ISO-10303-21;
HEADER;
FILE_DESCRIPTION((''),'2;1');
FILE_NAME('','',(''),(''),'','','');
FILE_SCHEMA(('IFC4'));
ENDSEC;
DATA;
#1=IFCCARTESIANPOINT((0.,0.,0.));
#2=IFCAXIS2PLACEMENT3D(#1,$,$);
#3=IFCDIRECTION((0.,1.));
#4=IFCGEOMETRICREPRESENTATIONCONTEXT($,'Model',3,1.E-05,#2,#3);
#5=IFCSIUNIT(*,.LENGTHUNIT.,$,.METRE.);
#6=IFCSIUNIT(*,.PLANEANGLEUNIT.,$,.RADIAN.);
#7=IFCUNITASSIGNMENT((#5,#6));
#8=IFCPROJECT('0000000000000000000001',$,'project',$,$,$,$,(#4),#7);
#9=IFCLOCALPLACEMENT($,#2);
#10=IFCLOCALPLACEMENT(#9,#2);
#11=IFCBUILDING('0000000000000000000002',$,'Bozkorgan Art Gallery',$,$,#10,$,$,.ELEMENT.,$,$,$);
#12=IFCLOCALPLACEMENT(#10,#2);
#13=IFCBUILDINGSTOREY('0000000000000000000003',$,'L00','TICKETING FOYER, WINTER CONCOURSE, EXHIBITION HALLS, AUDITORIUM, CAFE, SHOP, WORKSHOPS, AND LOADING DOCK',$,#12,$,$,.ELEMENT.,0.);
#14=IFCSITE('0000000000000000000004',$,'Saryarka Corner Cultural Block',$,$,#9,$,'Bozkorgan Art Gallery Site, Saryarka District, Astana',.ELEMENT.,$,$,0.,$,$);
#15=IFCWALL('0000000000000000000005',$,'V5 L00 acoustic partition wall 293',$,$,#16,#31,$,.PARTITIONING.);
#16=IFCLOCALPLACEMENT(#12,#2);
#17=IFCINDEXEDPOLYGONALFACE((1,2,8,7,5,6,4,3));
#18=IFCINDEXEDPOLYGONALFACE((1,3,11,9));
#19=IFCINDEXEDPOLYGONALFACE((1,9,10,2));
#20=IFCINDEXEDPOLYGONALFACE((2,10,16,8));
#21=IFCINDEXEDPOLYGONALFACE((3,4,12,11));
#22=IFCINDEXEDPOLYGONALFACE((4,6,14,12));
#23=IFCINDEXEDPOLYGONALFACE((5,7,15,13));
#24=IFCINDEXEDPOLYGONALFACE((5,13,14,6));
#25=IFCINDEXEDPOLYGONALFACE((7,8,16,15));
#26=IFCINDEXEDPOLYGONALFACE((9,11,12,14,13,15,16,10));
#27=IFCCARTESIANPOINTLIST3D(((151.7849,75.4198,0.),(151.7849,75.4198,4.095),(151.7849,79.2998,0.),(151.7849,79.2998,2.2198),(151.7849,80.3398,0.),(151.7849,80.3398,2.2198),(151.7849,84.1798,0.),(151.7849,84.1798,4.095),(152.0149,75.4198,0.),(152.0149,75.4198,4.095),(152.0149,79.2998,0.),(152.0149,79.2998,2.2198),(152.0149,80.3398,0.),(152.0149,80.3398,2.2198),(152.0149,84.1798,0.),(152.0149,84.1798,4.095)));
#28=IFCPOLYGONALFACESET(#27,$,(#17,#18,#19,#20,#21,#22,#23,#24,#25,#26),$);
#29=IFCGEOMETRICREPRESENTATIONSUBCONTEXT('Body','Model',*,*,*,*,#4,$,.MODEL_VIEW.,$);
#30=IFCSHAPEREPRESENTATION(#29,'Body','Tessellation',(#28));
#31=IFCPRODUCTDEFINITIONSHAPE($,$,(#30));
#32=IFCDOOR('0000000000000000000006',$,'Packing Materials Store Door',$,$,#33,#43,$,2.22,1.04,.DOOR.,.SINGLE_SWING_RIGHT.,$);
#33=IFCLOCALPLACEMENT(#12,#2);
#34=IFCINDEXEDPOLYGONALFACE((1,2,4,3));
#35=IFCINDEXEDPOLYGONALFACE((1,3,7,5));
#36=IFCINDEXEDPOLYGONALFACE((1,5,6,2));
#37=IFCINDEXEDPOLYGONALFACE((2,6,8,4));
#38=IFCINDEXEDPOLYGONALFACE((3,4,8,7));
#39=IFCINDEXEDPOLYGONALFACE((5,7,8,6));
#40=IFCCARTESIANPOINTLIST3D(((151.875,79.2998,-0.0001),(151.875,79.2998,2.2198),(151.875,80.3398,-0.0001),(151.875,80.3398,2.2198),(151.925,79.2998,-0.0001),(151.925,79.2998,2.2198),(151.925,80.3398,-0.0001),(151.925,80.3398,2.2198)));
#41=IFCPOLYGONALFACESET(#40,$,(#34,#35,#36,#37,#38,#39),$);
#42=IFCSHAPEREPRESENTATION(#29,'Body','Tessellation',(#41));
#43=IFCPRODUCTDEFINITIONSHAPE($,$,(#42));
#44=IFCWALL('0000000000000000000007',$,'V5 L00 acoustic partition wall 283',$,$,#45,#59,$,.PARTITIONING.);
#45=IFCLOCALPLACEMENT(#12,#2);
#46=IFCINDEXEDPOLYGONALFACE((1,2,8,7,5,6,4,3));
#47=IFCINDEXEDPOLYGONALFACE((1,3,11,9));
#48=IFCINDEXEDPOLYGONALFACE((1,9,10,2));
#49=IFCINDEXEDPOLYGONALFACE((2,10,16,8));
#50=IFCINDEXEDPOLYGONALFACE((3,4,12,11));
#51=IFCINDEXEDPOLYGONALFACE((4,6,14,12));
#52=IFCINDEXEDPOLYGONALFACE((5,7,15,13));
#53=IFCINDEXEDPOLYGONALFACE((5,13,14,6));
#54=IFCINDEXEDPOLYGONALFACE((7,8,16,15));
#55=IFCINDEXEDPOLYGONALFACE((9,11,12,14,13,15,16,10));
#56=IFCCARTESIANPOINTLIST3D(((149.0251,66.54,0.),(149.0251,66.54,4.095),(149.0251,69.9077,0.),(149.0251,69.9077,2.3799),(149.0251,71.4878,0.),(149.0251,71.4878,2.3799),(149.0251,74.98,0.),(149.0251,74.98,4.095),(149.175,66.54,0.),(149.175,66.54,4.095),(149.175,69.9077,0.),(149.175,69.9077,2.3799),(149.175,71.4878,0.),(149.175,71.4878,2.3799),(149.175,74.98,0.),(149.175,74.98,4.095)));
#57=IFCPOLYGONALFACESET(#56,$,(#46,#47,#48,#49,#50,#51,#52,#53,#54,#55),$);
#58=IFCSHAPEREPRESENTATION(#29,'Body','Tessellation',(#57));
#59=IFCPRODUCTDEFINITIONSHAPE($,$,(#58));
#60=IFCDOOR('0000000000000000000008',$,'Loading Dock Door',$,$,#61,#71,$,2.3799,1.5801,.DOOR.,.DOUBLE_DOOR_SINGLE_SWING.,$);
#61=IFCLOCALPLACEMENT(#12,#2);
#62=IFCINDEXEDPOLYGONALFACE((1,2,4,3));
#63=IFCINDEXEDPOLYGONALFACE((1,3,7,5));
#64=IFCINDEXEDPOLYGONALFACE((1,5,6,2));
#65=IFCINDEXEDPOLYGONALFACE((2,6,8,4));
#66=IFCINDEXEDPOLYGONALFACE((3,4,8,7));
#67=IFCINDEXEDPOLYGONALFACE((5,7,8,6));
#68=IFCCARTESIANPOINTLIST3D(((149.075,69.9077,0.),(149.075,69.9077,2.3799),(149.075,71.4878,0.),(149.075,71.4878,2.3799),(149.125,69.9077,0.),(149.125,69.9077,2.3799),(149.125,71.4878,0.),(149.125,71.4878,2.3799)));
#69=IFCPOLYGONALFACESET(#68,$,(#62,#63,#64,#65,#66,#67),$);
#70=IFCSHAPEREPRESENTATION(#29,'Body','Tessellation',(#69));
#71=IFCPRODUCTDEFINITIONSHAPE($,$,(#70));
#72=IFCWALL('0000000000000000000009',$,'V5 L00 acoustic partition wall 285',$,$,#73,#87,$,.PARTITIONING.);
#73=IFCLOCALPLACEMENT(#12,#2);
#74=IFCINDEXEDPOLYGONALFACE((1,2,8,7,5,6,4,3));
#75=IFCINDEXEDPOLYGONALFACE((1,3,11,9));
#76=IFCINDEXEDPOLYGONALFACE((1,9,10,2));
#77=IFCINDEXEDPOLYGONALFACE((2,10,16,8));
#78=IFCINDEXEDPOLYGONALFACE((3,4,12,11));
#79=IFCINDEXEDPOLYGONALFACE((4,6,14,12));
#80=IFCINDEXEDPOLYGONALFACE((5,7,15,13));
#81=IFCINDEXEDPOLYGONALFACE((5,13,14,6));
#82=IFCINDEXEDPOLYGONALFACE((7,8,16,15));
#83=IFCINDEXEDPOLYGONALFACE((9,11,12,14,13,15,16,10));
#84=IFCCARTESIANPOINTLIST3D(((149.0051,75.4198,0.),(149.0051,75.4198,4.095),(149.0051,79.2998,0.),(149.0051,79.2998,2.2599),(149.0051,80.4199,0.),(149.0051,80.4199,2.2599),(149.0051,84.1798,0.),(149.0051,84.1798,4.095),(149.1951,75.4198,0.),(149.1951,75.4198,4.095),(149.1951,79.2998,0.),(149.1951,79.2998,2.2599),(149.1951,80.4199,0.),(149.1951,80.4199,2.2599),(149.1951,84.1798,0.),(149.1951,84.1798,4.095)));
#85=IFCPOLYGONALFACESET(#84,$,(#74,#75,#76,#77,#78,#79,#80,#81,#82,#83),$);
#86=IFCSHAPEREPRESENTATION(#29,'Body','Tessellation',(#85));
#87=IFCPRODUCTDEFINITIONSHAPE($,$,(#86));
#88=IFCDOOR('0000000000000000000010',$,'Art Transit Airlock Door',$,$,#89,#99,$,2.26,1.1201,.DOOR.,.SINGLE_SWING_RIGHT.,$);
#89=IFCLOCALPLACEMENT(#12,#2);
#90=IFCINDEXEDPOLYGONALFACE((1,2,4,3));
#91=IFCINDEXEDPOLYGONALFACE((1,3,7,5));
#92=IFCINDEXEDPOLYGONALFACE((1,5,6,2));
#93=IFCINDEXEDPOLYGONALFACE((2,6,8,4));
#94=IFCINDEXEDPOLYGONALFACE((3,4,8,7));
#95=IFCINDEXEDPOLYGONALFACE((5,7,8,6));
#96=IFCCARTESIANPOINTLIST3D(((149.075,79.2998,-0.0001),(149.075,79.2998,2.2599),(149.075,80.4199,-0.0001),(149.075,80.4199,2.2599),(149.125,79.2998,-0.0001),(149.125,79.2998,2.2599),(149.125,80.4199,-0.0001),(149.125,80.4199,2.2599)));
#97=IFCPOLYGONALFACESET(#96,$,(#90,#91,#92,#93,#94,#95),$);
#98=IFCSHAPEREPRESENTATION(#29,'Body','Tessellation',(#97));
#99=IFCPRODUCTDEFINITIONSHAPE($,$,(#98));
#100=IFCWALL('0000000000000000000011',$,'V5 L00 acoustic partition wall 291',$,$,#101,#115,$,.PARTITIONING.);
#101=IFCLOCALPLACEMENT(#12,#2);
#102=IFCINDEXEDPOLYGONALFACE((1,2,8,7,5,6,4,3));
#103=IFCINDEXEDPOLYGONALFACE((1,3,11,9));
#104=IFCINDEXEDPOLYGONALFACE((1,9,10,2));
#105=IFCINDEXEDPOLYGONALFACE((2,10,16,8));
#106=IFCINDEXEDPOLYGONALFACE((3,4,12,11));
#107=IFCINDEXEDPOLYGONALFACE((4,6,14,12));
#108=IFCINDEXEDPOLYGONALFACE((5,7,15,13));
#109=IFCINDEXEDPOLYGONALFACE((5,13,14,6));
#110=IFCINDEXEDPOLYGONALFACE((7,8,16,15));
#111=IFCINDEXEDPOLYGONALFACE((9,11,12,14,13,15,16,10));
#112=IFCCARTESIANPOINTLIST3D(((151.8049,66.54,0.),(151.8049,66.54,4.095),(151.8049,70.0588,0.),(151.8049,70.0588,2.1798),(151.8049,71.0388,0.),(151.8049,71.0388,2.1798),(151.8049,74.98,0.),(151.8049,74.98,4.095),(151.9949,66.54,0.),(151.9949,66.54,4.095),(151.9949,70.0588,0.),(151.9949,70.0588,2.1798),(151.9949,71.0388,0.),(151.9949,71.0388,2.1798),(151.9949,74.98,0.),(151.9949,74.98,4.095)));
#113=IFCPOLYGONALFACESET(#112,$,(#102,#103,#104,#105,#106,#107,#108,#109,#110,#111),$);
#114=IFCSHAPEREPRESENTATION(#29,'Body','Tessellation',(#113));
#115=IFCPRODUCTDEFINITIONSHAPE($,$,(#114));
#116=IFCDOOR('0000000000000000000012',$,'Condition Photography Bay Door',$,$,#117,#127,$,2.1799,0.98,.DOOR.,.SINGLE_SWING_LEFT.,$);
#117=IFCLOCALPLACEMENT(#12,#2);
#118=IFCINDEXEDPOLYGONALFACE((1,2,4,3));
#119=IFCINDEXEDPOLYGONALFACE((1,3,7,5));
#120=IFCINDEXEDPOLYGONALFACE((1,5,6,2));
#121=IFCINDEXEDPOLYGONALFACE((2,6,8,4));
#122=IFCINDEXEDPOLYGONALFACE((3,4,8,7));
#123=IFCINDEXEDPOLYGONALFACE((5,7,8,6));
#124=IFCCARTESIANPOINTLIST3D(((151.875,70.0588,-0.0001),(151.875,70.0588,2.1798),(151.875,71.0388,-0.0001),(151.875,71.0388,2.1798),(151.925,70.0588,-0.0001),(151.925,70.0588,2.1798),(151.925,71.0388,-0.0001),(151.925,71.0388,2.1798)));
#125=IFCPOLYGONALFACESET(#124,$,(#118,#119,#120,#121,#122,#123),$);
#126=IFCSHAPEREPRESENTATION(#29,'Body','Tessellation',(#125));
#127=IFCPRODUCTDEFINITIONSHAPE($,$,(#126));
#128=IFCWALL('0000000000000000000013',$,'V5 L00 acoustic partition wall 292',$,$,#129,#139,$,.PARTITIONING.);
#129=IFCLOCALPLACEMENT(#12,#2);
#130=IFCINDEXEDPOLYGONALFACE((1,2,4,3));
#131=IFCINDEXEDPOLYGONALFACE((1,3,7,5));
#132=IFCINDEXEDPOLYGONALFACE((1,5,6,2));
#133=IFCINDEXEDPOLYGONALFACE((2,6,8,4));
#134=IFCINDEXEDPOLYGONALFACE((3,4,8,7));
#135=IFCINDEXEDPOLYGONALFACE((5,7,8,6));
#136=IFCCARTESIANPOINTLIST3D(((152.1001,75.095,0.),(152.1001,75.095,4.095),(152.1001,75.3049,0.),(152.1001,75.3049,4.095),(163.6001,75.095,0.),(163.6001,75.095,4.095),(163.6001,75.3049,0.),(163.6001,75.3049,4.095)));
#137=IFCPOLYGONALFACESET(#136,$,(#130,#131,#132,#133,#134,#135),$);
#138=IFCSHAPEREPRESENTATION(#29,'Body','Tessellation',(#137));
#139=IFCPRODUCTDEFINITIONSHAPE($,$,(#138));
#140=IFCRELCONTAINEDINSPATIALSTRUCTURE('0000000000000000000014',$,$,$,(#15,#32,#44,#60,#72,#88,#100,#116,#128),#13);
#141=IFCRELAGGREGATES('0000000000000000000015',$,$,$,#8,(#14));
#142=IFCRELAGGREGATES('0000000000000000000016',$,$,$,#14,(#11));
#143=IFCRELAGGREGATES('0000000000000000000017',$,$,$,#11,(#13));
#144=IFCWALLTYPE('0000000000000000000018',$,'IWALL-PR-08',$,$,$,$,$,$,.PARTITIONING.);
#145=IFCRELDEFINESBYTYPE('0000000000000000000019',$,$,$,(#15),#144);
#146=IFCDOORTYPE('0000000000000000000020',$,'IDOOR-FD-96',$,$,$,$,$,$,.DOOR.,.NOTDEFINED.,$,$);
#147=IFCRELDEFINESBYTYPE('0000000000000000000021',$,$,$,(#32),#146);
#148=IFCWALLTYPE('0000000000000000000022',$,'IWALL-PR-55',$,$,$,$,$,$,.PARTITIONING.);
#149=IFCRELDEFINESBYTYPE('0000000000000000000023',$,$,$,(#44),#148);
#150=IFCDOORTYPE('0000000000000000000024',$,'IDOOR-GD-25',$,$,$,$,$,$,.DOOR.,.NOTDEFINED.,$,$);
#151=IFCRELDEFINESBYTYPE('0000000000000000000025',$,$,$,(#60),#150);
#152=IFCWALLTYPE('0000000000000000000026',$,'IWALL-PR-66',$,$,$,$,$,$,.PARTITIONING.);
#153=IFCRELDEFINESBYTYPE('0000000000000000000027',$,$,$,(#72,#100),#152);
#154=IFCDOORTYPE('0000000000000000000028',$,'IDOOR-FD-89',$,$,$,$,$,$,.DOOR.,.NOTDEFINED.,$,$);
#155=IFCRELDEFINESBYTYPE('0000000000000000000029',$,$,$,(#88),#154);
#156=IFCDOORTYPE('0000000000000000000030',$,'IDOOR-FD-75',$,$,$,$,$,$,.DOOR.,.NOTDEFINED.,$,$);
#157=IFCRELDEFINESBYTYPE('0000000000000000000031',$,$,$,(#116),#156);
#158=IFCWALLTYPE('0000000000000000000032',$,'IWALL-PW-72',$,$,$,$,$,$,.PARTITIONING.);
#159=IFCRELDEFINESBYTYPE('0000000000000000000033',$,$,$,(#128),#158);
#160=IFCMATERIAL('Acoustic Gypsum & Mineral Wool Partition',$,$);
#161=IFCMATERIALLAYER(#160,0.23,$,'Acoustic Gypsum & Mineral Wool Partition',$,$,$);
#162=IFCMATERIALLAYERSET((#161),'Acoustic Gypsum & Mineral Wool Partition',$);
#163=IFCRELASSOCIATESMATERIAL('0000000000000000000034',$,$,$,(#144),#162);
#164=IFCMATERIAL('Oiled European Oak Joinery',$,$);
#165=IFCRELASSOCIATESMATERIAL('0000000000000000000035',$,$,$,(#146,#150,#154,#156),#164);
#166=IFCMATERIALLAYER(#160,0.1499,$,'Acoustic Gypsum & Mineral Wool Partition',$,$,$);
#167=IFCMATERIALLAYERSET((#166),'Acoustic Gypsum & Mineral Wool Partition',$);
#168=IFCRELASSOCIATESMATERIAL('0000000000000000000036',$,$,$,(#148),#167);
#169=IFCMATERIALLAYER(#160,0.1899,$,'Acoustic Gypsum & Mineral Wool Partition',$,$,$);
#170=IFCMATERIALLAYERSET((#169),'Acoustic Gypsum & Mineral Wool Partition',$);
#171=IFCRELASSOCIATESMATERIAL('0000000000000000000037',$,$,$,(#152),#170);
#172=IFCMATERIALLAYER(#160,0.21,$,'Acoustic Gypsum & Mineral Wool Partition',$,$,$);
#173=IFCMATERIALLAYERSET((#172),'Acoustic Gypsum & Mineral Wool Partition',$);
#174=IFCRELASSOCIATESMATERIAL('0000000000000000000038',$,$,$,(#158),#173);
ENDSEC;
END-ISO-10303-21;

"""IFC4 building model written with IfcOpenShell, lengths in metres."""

from ifc_helpers import new_model, si_unit, direction, frame, frame_2d, origin, place, context, subcontext, project, spatial, rectangle, extrude, material, layer, layer_set, type_object, element, fill, save


model = new_model("IFC4")

# Units and contexts
model_context = context("Model", 3, precision=1e-05, world=origin(), true_north=direction((0.0, 1.0)))
body_context = subcontext(model_context, "Body", "Model", "MODEL_VIEW")
ifc_project = project(units=[si_unit("LENGTHUNIT", "METRE"), si_unit("PLANEANGLEUNIT", "RADIAN")], contexts=[model_context])

# Site, building, storey
site_placement = place(None, origin())
site = spatial("IfcSite", under=ifc_project, at=site_placement, Name="Saryarka Corner Cultural Block", LongName="Bozkorgan Art Gallery Site, Saryarka District, Astana", CompositionType="ELEMENT", RefElevation=0.0)
building_placement = place(site_placement, origin())
building = spatial("IfcBuilding", under=site, at=building_placement, Name="Bozkorgan Art Gallery", CompositionType="ELEMENT")
storey_placement = place(building_placement, origin())
storey = spatial("IfcBuildingStorey", under=building, at=storey_placement, Name="L00", Description="TICKETING FOYER, WINTER CONCOURSE, EXHIBITION HALLS, AUDITORIUM, CAFE, SHOP, WORKSHOPS, AND LOADING DOCK", CompositionType="ELEMENT", Elevation=0.0)

# Walls, openings, doors
ifc_material_1 = material(Name="Acoustic Gypsum & Mineral Wool Partition")
ifc_layer_1 = layer(ifc_material_1, 0.23, Name="Acoustic Gypsum & Mineral Wool Partition")
ifc_layer_set_1 = layer_set([ifc_layer_1], Name="Acoustic Gypsum & Mineral Wool Partition")
wall_type_1 = type_object("IfcWallType", Name="IWALL-PR-08", PredefinedType="PARTITIONING", material=ifc_layer_set_1)
wall_1_placement = place(storey_placement, frame((151.8999, 75.4199, 0.0), z_axis=(0.0, 0.0, 1.0), x_axis=(0.0, 1.0, 0.0)))
wall_1 = element("IfcWall", 1, at=wall_1_placement, inside=storey, type_object=wall_type_1, Name="V5 L00 acoustic partition wall 293", PredefinedType="PARTITIONING", context=body_context, shape_type="SweptSolid", body=[
    extrude(rectangle(XDim=8.76, YDim=0.23, at=frame_2d((4.3799, 0.0))), origin(), (0.0, 0.0, 1.0), 4.095),
])
opening_1_placement = place(wall_1_placement, frame((3.8799, 0.0, 0.0)))
opening_1 = element("IfcOpeningElement", 2, at=opening_1_placement, cuts=wall_1, PredefinedType="OPENING", context=body_context, shape_type="SweptSolid", body=[
    extrude(rectangle(XDim=1.04, YDim=2.22, at=frame_2d((0.52, 1.1099))), frame((0.0, 0.125, 0.0), z_axis=(0.0, -1.0, 0.0), x_axis=(1.0, 0.0, 0.0)), (0.0, 0.0, 1.0), 0.25),
])
ifc_material_2 = material(Name="Oiled European Oak Joinery")
door_type_1 = type_object("IfcDoorType", Name="IDOOR-FD-96", OperationType="NOTDEFINED", PredefinedType="DOOR", material=ifc_material_2)
door_1_placement = place(opening_1_placement, origin())
door_1 = element("IfcDoor", 3, at=door_1_placement, inside=storey, type_object=door_type_1, Name="Packing Materials Store Door", OperationType="SINGLE_SWING_RIGHT", OverallHeight=2.22, OverallWidth=1.04, PredefinedType="DOOR", context=body_context, shape_type="SweptSolid", body=[
    extrude(rectangle(XDim=1.04, YDim=2.22, at=frame_2d((0.52, 1.1099))), frame((0.0, 0.0249, 0.0), z_axis=(0.0, -1.0, 0.0), x_axis=(1.0, 0.0, 0.0)), (0.0, 0.0, 1.0), 0.05),
])
fill(opening_1, door_1)
ifc_layer_2 = layer(ifc_material_1, 0.1499, Name="Acoustic Gypsum & Mineral Wool Partition")
ifc_layer_set_2 = layer_set([ifc_layer_2], Name="Acoustic Gypsum & Mineral Wool Partition")
wall_type_2 = type_object("IfcWallType", Name="IWALL-PR-55", PredefinedType="PARTITIONING", material=ifc_layer_set_2)
wall_2_placement = place(storey_placement, frame((149.1001, 66.54, 0.0), z_axis=(0.0, 0.0, 1.0), x_axis=(0.0, 1.0, 0.0)))
wall_2 = element("IfcWall", 4, at=wall_2_placement, inside=storey, type_object=wall_type_2, Name="V5 L00 acoustic partition wall 283", PredefinedType="PARTITIONING", context=body_context, shape_type="SweptSolid", body=[
    extrude(rectangle(XDim=8.4399, YDim=0.1499, at=frame_2d((4.22, 0.0))), origin(), (0.0, 0.0, 1.0), 4.095),
])
opening_2_placement = place(wall_2_placement, frame((4.9478, 0.0, 0.0), z_axis=(0.0, 0.0, 1.0), x_axis=(-1.0, 0.0, 0.0)))
opening_2 = element("IfcOpeningElement", 5, at=opening_2_placement, cuts=wall_2, PredefinedType="OPENING", context=body_context, shape_type="SweptSolid", body=[
    extrude(rectangle(XDim=1.5801, YDim=2.3799, at=frame_2d((0.79, 1.1899))), frame((0.0, 0.085, 0.0), z_axis=(0.0, -1.0, 0.0), x_axis=(1.0, 0.0, 0.0)), (0.0, 0.0, 1.0), 0.1699),
])
door_type_2 = type_object("IfcDoorType", Name="IDOOR-GD-25", OperationType="NOTDEFINED", PredefinedType="DOOR", material=ifc_material_2)
door_2_placement = place(opening_2_placement, origin())
door_2 = element("IfcDoor", 6, at=door_2_placement, inside=storey, type_object=door_type_2, Name="Loading Dock Door", OperationType="DOUBLE_DOOR_SINGLE_SWING", OverallHeight=2.3799, OverallWidth=1.5801, PredefinedType="DOOR", context=body_context, shape_type="SweptSolid", body=[
    extrude(rectangle(XDim=1.5801, YDim=2.3799, at=frame_2d((0.79, 1.1899))), frame((0.0, 0.0249, 0.0), z_axis=(0.0, -1.0, 0.0), x_axis=(1.0, 0.0, 0.0)), (0.0, 0.0, 1.0), 0.05),
])
fill(opening_2, door_2)
ifc_layer_3 = layer(ifc_material_1, 0.1899, Name="Acoustic Gypsum & Mineral Wool Partition")
ifc_layer_set_3 = layer_set([ifc_layer_3], Name="Acoustic Gypsum & Mineral Wool Partition")
wall_type_3 = type_object("IfcWallType", Name="IWALL-PR-66", PredefinedType="PARTITIONING", material=ifc_layer_set_3)
wall_3_placement = place(storey_placement, frame((149.1001, 75.4199, 0.0), z_axis=(0.0, 0.0, 1.0), x_axis=(0.0, 1.0, 0.0)))
wall_3 = element("IfcWall", 7, at=wall_3_placement, inside=storey, type_object=wall_type_3, Name="V5 L00 acoustic partition wall 285", PredefinedType="PARTITIONING", context=body_context, shape_type="SweptSolid", body=[
    extrude(rectangle(XDim=8.76, YDim=0.1899, at=frame_2d((4.3799, 0.0))), origin(), (0.0, 0.0, 1.0), 4.095),
])
opening_3_placement = place(wall_3_placement, frame((5.0, 0.0, 0.0), z_axis=(0.0, 0.0, 1.0), x_axis=(-1.0, 0.0, 0.0)))
opening_3 = element("IfcOpeningElement", 8, at=opening_3_placement, cuts=wall_3, PredefinedType="OPENING", context=body_context, shape_type="SweptSolid", body=[
    extrude(rectangle(XDim=1.1201, YDim=2.26, at=frame_2d((0.5601, 1.1299))), frame((0.0, 0.105, 0.0), z_axis=(0.0, -1.0, 0.0), x_axis=(1.0, 0.0, 0.0)), (0.0, 0.0, 1.0), 0.21),
])
door_type_3 = type_object("IfcDoorType", Name="IDOOR-FD-89", OperationType="NOTDEFINED", PredefinedType="DOOR", material=ifc_material_2)
door_3_placement = place(opening_3_placement, origin())
door_3 = element("IfcDoor", 9, at=door_3_placement, inside=storey, type_object=door_type_3, Name="Art Transit Airlock Door", OperationType="SINGLE_SWING_RIGHT", OverallHeight=2.26, OverallWidth=1.1201, PredefinedType="DOOR", context=body_context, shape_type="SweptSolid", body=[
    extrude(rectangle(XDim=1.1201, YDim=2.26, at=frame_2d((0.5601, 1.1299))), frame((0.0, 0.0249, 0.0), z_axis=(0.0, -1.0, 0.0), x_axis=(1.0, 0.0, 0.0)), (0.0, 0.0, 1.0), 0.05),
])
fill(opening_3, door_3)
wall_4_placement = place(storey_placement, frame((151.8999, 66.54, 0.0), z_axis=(0.0, 0.0, 1.0), x_axis=(0.0, 1.0, 0.0)))
wall_4 = element("IfcWall", 10, at=wall_4_placement, inside=storey, type_object=wall_type_3, Name="V5 L00 acoustic partition wall 291", PredefinedType="PARTITIONING", context=body_context, shape_type="SweptSolid", body=[
    extrude(rectangle(XDim=8.4399, YDim=0.1899, at=frame_2d((4.22, 0.0))), origin(), (0.0, 0.0, 1.0), 4.095),
])
opening_4_placement = place(wall_4_placement, frame((3.5188, 0.0, 0.0)))
opening_4 = element("IfcOpeningElement", 11, at=opening_4_placement, cuts=wall_4, PredefinedType="OPENING", context=body_context, shape_type="SweptSolid", body=[
    extrude(rectangle(XDim=0.98, YDim=2.1799, at=frame_2d((0.49, 1.0898))), frame((0.0, 0.105, 0.0), z_axis=(0.0, -1.0, 0.0), x_axis=(1.0, 0.0, 0.0)), (0.0, 0.0, 1.0), 0.21),
])
door_type_4 = type_object("IfcDoorType", Name="IDOOR-FD-75", OperationType="NOTDEFINED", PredefinedType="DOOR", material=ifc_material_2)
door_4_placement = place(opening_4_placement, origin())
door_4 = element("IfcDoor", 12, at=door_4_placement, inside=storey, type_object=door_type_4, Name="Condition Photography Bay Door", OperationType="SINGLE_SWING_LEFT", OverallHeight=2.1799, OverallWidth=0.98, PredefinedType="DOOR", context=body_context, shape_type="SweptSolid", body=[
    extrude(rectangle(XDim=0.98, YDim=2.1799, at=frame_2d((0.49, 1.0898))), frame((0.0, 0.0249, 0.0), z_axis=(0.0, -1.0, 0.0), x_axis=(1.0, 0.0, 0.0)), (0.0, 0.0, 1.0), 0.05),
])
fill(opening_4, door_4)

# Wall
ifc_layer_4 = layer(ifc_material_1, 0.21, Name="Acoustic Gypsum & Mineral Wool Partition")
ifc_layer_set_4 = layer_set([ifc_layer_4], Name="Acoustic Gypsum & Mineral Wool Partition")
wall_type_4 = type_object("IfcWallType", Name="IWALL-PW-72", PredefinedType="PARTITIONING", material=ifc_layer_set_4)
wall_5_placement = place(storey_placement, frame((152.1001, 75.2, 0.0), z_axis=(0.0, 0.0, 1.0), x_axis=(1.0, 0.0, 0.0)))
element("IfcWall", 13, at=wall_5_placement, inside=storey, type_object=wall_type_4, Name="V5 L00 acoustic partition wall 292", PredefinedType="PARTITIONING", context=body_context, shape_type="SweptSolid", body=[
    extrude(rectangle(XDim=11.5, YDim=0.21, at=frame_2d((5.75, 0.0))), origin(), (0.0, 0.0, 1.0), 4.095),
])

save(model, "model.ifc")
